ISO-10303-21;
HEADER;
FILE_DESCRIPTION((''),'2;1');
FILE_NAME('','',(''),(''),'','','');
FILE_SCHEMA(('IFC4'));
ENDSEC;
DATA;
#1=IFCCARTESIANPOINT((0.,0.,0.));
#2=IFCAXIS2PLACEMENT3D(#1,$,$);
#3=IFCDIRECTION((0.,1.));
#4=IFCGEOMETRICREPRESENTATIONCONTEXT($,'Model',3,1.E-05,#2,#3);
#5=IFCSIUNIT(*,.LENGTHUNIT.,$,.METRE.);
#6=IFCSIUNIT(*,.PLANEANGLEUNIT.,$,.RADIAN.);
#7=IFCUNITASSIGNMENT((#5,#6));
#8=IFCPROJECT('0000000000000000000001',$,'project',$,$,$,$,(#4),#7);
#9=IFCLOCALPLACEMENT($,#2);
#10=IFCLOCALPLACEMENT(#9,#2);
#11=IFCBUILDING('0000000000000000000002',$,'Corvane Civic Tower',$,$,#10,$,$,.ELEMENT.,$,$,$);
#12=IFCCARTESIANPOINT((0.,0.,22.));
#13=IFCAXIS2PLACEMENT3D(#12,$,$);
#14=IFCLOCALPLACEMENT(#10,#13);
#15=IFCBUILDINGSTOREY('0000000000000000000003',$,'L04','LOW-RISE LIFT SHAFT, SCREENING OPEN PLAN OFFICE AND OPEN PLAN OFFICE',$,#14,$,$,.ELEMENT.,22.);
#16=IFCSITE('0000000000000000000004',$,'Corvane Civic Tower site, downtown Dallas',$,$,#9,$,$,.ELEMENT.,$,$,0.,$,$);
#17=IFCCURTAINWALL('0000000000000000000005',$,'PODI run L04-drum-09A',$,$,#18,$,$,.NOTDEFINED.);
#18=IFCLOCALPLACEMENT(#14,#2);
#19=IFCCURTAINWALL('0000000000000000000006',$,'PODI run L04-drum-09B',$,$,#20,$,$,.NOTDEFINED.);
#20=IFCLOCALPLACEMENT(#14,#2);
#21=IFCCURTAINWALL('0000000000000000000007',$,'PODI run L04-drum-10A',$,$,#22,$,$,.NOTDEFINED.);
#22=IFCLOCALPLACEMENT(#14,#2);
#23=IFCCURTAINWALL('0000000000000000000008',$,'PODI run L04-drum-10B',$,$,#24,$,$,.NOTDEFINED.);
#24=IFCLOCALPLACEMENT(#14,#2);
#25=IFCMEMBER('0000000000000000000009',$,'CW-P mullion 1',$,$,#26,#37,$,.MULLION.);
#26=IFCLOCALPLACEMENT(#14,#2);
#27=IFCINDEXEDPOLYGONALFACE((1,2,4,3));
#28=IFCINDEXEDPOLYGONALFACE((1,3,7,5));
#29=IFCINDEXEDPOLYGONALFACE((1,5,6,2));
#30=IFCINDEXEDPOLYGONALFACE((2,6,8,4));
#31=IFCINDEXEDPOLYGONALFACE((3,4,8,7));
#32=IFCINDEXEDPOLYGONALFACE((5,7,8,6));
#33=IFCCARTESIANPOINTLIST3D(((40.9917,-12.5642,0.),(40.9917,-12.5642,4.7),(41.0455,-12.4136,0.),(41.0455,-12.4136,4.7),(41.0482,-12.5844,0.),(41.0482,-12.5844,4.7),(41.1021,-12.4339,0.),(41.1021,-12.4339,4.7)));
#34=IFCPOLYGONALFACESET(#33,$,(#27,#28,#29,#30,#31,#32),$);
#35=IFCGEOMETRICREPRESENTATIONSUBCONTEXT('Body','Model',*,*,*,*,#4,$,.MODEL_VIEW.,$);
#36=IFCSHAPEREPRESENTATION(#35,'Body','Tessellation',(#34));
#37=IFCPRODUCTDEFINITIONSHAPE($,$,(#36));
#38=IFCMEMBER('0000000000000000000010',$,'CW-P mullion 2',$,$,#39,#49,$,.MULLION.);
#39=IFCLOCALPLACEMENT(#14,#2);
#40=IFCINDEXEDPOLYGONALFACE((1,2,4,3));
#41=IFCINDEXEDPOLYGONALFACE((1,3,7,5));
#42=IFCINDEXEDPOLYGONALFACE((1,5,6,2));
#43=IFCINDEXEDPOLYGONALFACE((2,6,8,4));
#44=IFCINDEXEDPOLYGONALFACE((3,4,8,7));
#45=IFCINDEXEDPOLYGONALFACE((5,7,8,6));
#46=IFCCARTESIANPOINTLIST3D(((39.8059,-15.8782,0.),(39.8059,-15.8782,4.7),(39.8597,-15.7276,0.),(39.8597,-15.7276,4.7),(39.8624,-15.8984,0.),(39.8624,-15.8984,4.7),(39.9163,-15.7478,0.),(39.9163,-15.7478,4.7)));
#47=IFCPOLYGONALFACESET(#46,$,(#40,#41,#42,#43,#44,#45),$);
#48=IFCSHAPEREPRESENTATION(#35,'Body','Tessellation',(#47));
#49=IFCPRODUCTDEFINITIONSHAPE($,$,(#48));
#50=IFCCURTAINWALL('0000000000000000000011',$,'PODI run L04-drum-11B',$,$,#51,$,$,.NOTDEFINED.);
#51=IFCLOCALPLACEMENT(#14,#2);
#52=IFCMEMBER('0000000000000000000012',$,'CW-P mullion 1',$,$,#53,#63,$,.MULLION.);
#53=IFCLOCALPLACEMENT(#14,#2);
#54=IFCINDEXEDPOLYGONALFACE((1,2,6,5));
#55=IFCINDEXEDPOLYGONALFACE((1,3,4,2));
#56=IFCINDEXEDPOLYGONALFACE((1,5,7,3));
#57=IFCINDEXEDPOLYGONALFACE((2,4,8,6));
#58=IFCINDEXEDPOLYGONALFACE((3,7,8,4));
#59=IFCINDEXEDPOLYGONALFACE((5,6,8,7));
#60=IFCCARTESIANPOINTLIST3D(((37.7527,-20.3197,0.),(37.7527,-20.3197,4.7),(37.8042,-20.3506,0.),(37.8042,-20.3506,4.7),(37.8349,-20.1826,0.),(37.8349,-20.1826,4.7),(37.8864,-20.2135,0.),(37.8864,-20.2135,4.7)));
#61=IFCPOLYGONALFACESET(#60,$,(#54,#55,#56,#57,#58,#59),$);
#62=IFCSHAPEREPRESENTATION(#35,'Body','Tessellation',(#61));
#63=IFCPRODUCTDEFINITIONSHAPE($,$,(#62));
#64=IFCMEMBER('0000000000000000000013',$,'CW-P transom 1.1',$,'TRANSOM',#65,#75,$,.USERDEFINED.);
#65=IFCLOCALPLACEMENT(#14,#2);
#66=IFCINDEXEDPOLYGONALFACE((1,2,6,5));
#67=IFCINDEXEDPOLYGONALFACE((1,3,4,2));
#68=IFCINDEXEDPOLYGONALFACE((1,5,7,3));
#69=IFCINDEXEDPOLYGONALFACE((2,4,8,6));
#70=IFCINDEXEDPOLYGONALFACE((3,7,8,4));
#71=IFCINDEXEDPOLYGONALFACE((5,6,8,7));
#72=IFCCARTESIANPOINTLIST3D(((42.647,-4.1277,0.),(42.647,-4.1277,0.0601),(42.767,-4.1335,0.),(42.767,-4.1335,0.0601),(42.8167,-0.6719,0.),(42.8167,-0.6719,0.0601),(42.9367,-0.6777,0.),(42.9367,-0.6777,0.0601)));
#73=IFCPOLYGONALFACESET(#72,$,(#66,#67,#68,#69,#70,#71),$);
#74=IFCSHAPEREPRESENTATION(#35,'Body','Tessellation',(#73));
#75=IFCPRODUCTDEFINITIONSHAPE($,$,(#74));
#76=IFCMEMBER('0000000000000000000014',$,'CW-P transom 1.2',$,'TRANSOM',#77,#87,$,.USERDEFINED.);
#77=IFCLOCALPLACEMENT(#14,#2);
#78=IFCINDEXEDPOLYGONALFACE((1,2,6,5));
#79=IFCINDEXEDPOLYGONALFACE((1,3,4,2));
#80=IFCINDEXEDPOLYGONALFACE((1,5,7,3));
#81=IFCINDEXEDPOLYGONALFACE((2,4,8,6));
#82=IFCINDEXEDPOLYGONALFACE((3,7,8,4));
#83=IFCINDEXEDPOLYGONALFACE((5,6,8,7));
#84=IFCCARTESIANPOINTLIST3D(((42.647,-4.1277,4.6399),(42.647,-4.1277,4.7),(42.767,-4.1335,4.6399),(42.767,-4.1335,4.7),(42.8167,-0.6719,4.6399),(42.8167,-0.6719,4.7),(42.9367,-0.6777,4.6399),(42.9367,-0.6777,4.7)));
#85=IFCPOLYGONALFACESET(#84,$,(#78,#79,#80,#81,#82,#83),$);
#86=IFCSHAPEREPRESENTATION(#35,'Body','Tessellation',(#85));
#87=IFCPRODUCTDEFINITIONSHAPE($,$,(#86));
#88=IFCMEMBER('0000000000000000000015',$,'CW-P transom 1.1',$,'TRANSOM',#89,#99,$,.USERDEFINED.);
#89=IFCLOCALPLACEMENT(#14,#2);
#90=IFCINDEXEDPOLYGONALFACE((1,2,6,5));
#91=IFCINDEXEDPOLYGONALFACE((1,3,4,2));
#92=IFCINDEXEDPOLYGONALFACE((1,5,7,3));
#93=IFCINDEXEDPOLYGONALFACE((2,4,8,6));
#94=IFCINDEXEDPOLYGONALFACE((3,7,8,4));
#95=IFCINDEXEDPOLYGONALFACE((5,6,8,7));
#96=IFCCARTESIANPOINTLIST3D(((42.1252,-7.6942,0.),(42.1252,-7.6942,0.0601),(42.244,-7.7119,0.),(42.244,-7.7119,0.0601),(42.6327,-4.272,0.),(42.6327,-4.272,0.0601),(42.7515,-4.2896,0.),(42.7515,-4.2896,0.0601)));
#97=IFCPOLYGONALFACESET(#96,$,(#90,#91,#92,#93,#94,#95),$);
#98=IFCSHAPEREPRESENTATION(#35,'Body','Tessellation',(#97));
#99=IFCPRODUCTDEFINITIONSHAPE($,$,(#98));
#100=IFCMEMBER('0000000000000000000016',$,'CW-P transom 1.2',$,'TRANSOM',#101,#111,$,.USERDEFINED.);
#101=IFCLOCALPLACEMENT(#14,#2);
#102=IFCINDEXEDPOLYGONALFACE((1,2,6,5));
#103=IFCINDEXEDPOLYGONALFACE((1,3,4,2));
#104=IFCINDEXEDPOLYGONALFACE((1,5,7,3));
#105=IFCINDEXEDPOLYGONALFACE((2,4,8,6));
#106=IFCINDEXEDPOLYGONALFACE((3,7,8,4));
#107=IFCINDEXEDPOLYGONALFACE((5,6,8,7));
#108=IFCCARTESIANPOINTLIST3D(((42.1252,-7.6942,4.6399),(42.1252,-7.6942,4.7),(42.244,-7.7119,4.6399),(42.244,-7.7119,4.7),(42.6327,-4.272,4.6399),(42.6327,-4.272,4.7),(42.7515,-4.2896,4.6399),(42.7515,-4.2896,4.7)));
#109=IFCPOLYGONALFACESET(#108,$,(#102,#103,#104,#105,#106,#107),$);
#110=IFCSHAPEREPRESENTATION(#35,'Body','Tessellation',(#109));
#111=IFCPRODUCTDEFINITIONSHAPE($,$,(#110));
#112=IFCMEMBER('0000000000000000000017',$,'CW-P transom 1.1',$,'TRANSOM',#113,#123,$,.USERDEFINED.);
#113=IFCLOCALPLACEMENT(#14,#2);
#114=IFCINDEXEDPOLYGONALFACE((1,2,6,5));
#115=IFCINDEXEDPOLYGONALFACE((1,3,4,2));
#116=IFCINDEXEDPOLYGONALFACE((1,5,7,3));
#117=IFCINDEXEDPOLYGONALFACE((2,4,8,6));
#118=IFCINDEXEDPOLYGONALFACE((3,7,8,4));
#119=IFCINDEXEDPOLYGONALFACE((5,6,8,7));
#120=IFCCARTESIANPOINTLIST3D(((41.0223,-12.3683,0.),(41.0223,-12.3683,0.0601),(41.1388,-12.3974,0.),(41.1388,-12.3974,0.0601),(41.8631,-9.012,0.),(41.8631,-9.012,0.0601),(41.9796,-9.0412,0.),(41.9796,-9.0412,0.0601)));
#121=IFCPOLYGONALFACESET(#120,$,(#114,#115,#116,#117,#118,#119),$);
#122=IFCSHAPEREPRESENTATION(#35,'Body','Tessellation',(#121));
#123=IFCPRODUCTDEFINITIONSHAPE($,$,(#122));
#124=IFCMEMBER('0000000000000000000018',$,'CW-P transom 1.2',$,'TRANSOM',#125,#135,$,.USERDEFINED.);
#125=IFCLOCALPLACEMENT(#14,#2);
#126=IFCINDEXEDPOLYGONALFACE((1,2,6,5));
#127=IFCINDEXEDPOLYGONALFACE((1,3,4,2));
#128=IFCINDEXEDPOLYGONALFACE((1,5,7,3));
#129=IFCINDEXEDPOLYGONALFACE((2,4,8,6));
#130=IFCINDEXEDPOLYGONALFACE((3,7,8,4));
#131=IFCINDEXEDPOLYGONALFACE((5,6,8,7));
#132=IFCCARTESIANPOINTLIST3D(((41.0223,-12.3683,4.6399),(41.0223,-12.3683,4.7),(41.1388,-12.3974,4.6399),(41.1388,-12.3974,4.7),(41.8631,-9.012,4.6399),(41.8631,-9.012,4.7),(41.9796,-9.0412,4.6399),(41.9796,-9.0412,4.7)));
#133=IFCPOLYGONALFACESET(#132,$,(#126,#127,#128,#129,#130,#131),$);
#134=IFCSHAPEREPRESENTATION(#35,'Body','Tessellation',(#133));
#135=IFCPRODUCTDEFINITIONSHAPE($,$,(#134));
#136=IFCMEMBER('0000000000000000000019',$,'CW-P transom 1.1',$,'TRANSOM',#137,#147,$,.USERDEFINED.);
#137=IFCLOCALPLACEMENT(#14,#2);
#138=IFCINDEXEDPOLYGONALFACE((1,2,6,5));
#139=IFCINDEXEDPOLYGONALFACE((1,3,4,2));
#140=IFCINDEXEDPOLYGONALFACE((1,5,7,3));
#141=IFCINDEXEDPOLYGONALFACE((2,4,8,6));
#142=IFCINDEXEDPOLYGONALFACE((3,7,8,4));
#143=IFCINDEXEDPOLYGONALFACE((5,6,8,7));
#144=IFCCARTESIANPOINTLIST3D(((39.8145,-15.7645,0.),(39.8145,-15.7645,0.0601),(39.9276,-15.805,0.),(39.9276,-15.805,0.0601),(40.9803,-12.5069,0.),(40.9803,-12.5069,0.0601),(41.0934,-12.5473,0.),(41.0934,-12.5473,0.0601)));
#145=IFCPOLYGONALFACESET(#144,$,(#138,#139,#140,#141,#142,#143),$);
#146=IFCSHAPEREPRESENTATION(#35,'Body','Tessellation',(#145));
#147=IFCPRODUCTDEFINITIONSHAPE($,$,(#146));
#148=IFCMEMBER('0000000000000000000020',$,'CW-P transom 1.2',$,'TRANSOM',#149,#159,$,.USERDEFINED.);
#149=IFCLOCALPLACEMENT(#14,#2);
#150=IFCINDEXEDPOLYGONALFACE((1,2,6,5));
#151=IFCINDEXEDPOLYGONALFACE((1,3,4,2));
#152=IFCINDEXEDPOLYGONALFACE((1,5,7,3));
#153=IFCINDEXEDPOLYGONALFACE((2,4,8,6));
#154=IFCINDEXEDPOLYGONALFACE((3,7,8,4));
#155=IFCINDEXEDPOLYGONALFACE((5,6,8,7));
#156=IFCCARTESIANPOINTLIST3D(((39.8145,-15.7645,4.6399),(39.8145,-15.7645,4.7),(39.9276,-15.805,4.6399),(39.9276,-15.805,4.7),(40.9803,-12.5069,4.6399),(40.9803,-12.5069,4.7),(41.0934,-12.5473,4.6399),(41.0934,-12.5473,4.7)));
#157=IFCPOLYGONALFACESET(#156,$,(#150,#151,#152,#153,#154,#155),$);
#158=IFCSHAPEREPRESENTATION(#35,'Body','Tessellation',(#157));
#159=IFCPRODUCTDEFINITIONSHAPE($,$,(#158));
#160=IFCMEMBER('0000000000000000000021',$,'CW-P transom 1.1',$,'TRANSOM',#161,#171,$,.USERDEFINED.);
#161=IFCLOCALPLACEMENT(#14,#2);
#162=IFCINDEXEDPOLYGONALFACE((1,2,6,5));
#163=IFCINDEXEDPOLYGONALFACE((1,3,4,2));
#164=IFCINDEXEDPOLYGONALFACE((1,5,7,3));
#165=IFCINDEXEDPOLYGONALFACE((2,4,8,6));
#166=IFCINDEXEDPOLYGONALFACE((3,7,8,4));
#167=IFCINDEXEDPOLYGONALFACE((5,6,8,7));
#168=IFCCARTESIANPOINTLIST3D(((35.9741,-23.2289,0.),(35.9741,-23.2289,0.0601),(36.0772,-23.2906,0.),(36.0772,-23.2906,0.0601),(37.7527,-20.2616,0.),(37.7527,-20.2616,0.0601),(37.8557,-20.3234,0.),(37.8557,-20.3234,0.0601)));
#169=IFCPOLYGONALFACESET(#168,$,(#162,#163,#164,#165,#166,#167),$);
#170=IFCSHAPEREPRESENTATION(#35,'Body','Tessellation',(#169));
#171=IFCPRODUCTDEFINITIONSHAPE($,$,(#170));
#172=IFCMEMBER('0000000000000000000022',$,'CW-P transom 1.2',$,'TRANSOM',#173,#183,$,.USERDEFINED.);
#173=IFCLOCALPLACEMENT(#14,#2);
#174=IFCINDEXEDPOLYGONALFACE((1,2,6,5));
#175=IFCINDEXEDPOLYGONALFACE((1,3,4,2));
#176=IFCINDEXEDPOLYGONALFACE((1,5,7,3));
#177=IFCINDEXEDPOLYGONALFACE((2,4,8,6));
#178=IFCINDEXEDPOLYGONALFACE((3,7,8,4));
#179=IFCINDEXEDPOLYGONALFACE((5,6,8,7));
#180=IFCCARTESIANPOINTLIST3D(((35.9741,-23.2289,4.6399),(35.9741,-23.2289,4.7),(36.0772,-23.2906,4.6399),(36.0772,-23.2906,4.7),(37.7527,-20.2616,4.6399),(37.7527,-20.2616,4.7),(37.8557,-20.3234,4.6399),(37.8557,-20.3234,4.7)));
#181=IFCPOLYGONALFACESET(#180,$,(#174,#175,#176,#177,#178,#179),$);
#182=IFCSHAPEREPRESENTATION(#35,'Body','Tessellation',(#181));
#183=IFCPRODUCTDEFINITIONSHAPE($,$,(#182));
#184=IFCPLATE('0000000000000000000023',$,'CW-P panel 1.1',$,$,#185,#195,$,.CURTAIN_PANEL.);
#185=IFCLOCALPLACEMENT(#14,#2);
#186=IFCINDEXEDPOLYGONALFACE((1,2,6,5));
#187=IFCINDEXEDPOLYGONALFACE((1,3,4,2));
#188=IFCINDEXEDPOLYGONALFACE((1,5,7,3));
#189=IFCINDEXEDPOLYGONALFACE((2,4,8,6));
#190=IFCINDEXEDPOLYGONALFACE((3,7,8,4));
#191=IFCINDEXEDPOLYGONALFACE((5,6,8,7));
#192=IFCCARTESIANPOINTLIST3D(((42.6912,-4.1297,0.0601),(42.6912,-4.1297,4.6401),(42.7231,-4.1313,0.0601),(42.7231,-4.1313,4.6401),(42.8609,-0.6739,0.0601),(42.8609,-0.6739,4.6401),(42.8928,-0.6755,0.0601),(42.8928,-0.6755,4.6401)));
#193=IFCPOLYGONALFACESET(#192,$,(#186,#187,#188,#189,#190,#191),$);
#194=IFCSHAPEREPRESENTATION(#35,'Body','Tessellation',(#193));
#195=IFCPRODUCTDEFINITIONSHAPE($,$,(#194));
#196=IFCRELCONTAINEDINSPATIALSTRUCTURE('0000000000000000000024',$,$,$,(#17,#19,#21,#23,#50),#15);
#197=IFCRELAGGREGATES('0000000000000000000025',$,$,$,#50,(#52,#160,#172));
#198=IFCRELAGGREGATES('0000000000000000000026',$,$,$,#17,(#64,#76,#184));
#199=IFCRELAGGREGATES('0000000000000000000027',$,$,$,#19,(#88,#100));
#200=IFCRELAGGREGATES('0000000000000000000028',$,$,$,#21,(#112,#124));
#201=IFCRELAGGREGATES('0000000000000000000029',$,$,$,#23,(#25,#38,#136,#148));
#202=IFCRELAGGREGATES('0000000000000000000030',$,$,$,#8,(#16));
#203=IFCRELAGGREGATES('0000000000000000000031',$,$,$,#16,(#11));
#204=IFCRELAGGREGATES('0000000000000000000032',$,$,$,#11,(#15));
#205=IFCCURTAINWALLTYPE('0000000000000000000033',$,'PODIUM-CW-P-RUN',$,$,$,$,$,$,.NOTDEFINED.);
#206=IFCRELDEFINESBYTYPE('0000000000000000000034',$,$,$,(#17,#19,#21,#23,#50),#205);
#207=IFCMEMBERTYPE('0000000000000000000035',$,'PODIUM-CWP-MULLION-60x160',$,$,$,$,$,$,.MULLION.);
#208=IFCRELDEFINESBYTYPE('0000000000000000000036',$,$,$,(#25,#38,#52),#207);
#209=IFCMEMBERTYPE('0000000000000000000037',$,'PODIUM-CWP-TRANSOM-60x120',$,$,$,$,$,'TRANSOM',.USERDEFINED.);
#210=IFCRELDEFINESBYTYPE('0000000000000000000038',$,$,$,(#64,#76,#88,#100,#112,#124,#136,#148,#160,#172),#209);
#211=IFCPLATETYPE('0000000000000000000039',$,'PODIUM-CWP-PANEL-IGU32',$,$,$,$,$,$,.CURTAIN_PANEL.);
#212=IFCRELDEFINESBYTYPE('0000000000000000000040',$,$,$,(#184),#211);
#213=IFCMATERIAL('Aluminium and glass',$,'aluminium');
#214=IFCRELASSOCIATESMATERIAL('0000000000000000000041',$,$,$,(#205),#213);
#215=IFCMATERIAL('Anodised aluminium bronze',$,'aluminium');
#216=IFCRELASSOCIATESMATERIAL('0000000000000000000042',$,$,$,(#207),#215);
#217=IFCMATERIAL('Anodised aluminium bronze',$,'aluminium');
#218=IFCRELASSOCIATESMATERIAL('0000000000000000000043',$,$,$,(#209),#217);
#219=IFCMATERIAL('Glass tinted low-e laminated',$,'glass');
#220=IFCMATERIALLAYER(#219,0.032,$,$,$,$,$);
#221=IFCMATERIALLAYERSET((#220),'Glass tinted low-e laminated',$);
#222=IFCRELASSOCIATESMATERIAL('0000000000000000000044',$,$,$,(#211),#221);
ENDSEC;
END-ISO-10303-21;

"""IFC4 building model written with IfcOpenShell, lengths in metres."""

from ifc_helpers import new_model, si_unit, direction, frame, origin, origin_2d, place, context, subcontext, project, spatial, rectangle, extrude, material, layer, layer_set, material_profile, profile_set, type_object, element, aggregate, save


model = new_model("IFC4")

# Units and contexts
model_context = context("Model", 3, precision=1e-05, world=origin(), true_north=direction((0.0, 1.0)))
body_context = subcontext(model_context, "Body", "Model", "MODEL_VIEW")
ifc_project = project(units=[si_unit("LENGTHUNIT", "METRE"), si_unit("PLANEANGLEUNIT", "RADIAN")], contexts=[model_context])

# Site, building, storey
site_placement = place(None, origin())
site = spatial("IfcSite", under=ifc_project, at=site_placement, Name="Corvane Civic Tower site, downtown Dallas", CompositionType="ELEMENT", RefElevation=0.0)
building_placement = place(site_placement, origin())
building = spatial("IfcBuilding", under=site, at=building_placement, Name="Corvane Civic Tower", CompositionType="ELEMENT")
storey_placement = place(building_placement, frame((0.0, 0.0, 22.0)))
storey = spatial("IfcBuildingStorey", under=building, at=storey_placement, Name="L04", Description="LOW-RISE LIFT SHAFT, SCREENING OPEN PLAN OFFICE AND OPEN PLAN OFFICE", CompositionType="ELEMENT", Elevation=22.0)

# Curtain walls, members
ifc_material_1 = material(Name="Aluminium and glass", Category="aluminium")
curtain_wall_type = type_object("IfcCurtainWallType", Name="PODIUM-CW-P-RUN", PredefinedType="NOTDEFINED", material=ifc_material_1)
curtain_wall_1_placement = place(storey_placement, origin())
curtain_wall_1 = element("IfcCurtainWall", 1, at=curtain_wall_1_placement, inside=storey, type_object=curtain_wall_type, Name="PODI run L04-drum-09A", PredefinedType="NOTDEFINED")
ifc_material_2 = material(Name="Anodised aluminium bronze", Category="aluminium")
ifc_material_profile_1 = material_profile(ifc_material_2, rectangle(XDim=0.0601, YDim=0.1599, at=origin_2d()), Name="AL 60x160")
ifc_profile_set_1 = profile_set([ifc_material_profile_1], Name="Anodised aluminium bronze")
member_type_1 = type_object("IfcMemberType", Name="PODIUM-CWP-MULLION-60x160", PredefinedType="MULLION", material=ifc_profile_set_1)
curtain_wall_2_placement = place(storey_placement, origin())
curtain_wall_2 = element("IfcCurtainWall", 2, at=curtain_wall_2_placement, inside=storey, type_object=curtain_wall_type, Name="PODI run L04-drum-09B", PredefinedType="NOTDEFINED")
curtain_wall_3_placement = place(storey_placement, origin())
curtain_wall_3 = element("IfcCurtainWall", 3, at=curtain_wall_3_placement, inside=storey, type_object=curtain_wall_type, Name="PODI run L04-drum-10A", PredefinedType="NOTDEFINED")
curtain_wall_4_placement = place(storey_placement, origin())
curtain_wall_4 = element("IfcCurtainWall", 4, at=curtain_wall_4_placement, inside=storey, type_object=curtain_wall_type, Name="PODI run L04-drum-10B", PredefinedType="NOTDEFINED")
member_1_placement = place(storey_placement, frame((41.0469, -12.499, 0.0), z_axis=(0.0, 0.0, 1.0), x_axis=(0.941534, -0.336919, 0.0)))
member_1 = element("IfcMember", 5, at=member_1_placement, type_object=member_type_1, Name="CW-P mullion 1", PredefinedType="MULLION", context=body_context, shape_type="SweptSolid", body=[
    extrude(rectangle(XDim=0.0601, YDim=0.1599, at=origin_2d()), origin(), (0.0, 0.0, 1.0), 4.7),
])
member_2_placement = place(storey_placement, frame((39.8611, -15.813, 0.0), z_axis=(0.0, 0.0, 1.0), x_axis=(0.941534, -0.336919, 0.0)))
member_2 = element("IfcMember", 6, at=member_2_placement, type_object=member_type_1, Name="CW-P mullion 2", PredefinedType="MULLION", context=body_context, shape_type="SweptSolid", body=[
    extrude(rectangle(XDim=0.0601, YDim=0.1599, at=origin_2d()), origin(), (0.0, 0.0, 1.0), 4.7),
])

# Curtain wall, member
curtain_wall_5_placement = place(storey_placement, origin())
curtain_wall_5 = element("IfcCurtainWall", 7, at=curtain_wall_5_placement, inside=storey, type_object=curtain_wall_type, Name="PODI run L04-drum-11B", PredefinedType="NOTDEFINED")
member_3_placement = place(storey_placement, frame((37.8196, -20.2666, 0.0), z_axis=(0.0, 0.0, 1.0), x_axis=(0.85772, -0.514118, 0.0)))
member_3 = element("IfcMember", 8, at=member_3_placement, type_object=member_type_1, Name="CW-P mullion 1", PredefinedType="MULLION", context=body_context, shape_type="SweptSolid", body=[
    extrude(rectangle(XDim=0.0601, YDim=0.1599, at=origin_2d()), origin(), (0.0, 0.0, 1.0), 4.7),
])

# Members
ifc_material_3 = material(Name="Anodised aluminium bronze", Category="aluminium")
ifc_material_profile_2 = material_profile(ifc_material_3, rectangle(XDim=0.1201, YDim=0.0601, at=origin_2d()), Name="AL 120x60")
ifc_profile_set_2 = profile_set([ifc_material_profile_2], Name="Anodised aluminium bronze")
member_type_2 = type_object("IfcMemberType", Name="PODIUM-CWP-TRANSOM-60x120", ElementType="TRANSOM", PredefinedType="USERDEFINED", material=ifc_profile_set_2)
member_4_placement = place(storey_placement, frame((42.8767, -0.6748, 0.03), z_axis=(-0.04904, -0.998797, 0.0), x_axis=(0.998797, -0.04904, 0.0)))
member_4 = element("IfcMember", 9, at=member_4_placement, type_object=member_type_2, Name="CW-P transom 1.1", ObjectType="TRANSOM", PredefinedType="USERDEFINED", context=body_context, shape_type="SweptSolid", body=[
    extrude(rectangle(XDim=0.1201, YDim=0.0601, at=origin_2d()), origin(), (0.0, 0.0, 1.0), 3.46),
])
member_5_placement = place(storey_placement, frame((42.8767, -0.6748, 4.6699), z_axis=(-0.04904, -0.998797, 0.0), x_axis=(0.998797, -0.04904, 0.0)))
member_5 = element("IfcMember", 10, at=member_5_placement, type_object=member_type_2, Name="CW-P transom 1.2", ObjectType="TRANSOM", PredefinedType="USERDEFINED", context=body_context, shape_type="SweptSolid", body=[
    extrude(rectangle(XDim=0.1201, YDim=0.0601, at=origin_2d()), origin(), (0.0, 0.0, 1.0), 3.46),
])
member_6_placement = place(storey_placement, frame((42.6921, -4.2808, 0.03), z_axis=(-0.146705, -0.98918, 0.0), x_axis=(0.98918, -0.146705, 0.0)))
member_6 = element("IfcMember", 11, at=member_6_placement, type_object=member_type_2, Name="CW-P transom 1.1", ObjectType="TRANSOM", PredefinedType="USERDEFINED", context=body_context, shape_type="SweptSolid", body=[
    extrude(rectangle(XDim=0.1201, YDim=0.0601, at=origin_2d()), origin(), (0.0, 0.0, 1.0), 3.4597),
])
member_7_placement = place(storey_placement, frame((42.6921, -4.2808, 4.6699), z_axis=(-0.146705, -0.98918, 0.0), x_axis=(0.98918, -0.146705, 0.0)))
member_7 = element("IfcMember", 12, at=member_7_placement, type_object=member_type_2, Name="CW-P transom 1.2", ObjectType="TRANSOM", PredefinedType="USERDEFINED", context=body_context, shape_type="SweptSolid", body=[
    extrude(rectangle(XDim=0.1201, YDim=0.0601, at=origin_2d()), origin(), (0.0, 0.0, 1.0), 3.4597),
])
member_8_placement = place(storey_placement, frame((41.9214, -9.0266, 0.03), z_axis=(-0.243017, -0.970022, 0.0), x_axis=(0.970022, -0.243017, 0.0)))
member_8 = element("IfcMember", 13, at=member_8_placement, type_object=member_type_2, Name="CW-P transom 1.1", ObjectType="TRANSOM", PredefinedType="USERDEFINED", context=body_context, shape_type="SweptSolid", body=[
    extrude(rectangle(XDim=0.1201, YDim=0.0601, at=origin_2d()), origin(), (0.0, 0.0, 1.0), 3.46),
])
member_9_placement = place(storey_placement, frame((41.9214, -9.0266, 4.6699), z_axis=(-0.243017, -0.970022, 0.0), x_axis=(0.970022, -0.243017, 0.0)))
member_9 = element("IfcMember", 14, at=member_9_placement, type_object=member_type_2, Name="CW-P transom 1.2", ObjectType="TRANSOM", PredefinedType="USERDEFINED", context=body_context, shape_type="SweptSolid", body=[
    extrude(rectangle(XDim=0.1201, YDim=0.0601, at=origin_2d()), origin(), (0.0, 0.0, 1.0), 3.46),
])
member_10_placement = place(storey_placement, frame((41.0369, -12.5271, 0.03), z_axis=(-0.33694, -0.941526, 0.0), x_axis=(0.941526, -0.33694, 0.0)))
member_10 = element("IfcMember", 15, at=member_10_placement, type_object=member_type_2, Name="CW-P transom 1.1", ObjectType="TRANSOM", PredefinedType="USERDEFINED", context=body_context, shape_type="SweptSolid", body=[
    extrude(rectangle(XDim=0.1201, YDim=0.0601, at=origin_2d()), origin(), (0.0, 0.0, 1.0), 3.46),
])
member_11_placement = place(storey_placement, frame((41.0369, -12.5271, 4.6699), z_axis=(-0.33694, -0.941526, 0.0), x_axis=(0.941526, -0.33694, 0.0)))
member_11 = element("IfcMember", 16, at=member_11_placement, type_object=member_type_2, Name="CW-P transom 1.2", ObjectType="TRANSOM", PredefinedType="USERDEFINED", context=body_context, shape_type="SweptSolid", body=[
    extrude(rectangle(XDim=0.1201, YDim=0.0601, at=origin_2d()), origin(), (0.0, 0.0, 1.0), 3.46),
])
member_12_placement = place(storey_placement, frame((37.8042, -20.2925, 0.03), z_axis=(-0.514112, -0.857723, 0.0), x_axis=(0.857723, -0.514112, 0.0)))
member_12 = element("IfcMember", 17, at=member_12_placement, type_object=member_type_2, Name="CW-P transom 1.1", ObjectType="TRANSOM", PredefinedType="USERDEFINED", context=body_context, shape_type="SweptSolid", body=[
    extrude(rectangle(XDim=0.1201, YDim=0.0601, at=origin_2d()), origin(), (0.0, 0.0, 1.0), 3.4595),
])
member_13_placement = place(storey_placement, frame((37.8042, -20.2925, 4.6699), z_axis=(-0.514112, -0.857723, 0.0), x_axis=(0.857723, -0.514112, 0.0)))
member_13 = element("IfcMember", 18, at=member_13_placement, type_object=member_type_2, Name="CW-P transom 1.2", ObjectType="TRANSOM", PredefinedType="USERDEFINED", context=body_context, shape_type="SweptSolid", body=[
    extrude(rectangle(XDim=0.1201, YDim=0.0601, at=origin_2d()), origin(), (0.0, 0.0, 1.0), 3.4595),
])
aggregate(curtain_wall_5, [member_3, member_12, member_13])

# Plate
ifc_material_4 = material(Name="Glass tinted low-e laminated", Category="glass")
ifc_layer_1 = layer(ifc_material_4, 0.032)
ifc_layer_set_1 = layer_set([ifc_layer_1], Name="Glass tinted low-e laminated")
plate_type = type_object("IfcPlateType", Name="PODIUM-CWP-PANEL-IGU32", PredefinedType="CURTAIN_PANEL", material=ifc_layer_set_1)
plate_1_placement = place(storey_placement, frame((42.792, -2.4026, 0.0601), z_axis=(0.0, 0.0, 1.0), x_axis=(-0.04905, -0.998796, 0.0)))
plate_1 = element("IfcPlate", 19, at=plate_1_placement, type_object=plate_type, Name="CW-P panel 1.1", PredefinedType="CURTAIN_PANEL", context=body_context, shape_type="SweptSolid", body=[
    extrude(rectangle(XDim=3.46, YDim=0.032, at=origin_2d()), origin(), (0.0, 0.0, 1.0), 4.5801),
])
aggregate(curtain_wall_1, [member_4, member_5, plate_1])
aggregate(curtain_wall_2, [member_6, member_7])
aggregate(curtain_wall_3, [member_8, member_9])
aggregate(curtain_wall_4, [member_1, member_2, member_10, member_11])

save(model, "model.ifc")
